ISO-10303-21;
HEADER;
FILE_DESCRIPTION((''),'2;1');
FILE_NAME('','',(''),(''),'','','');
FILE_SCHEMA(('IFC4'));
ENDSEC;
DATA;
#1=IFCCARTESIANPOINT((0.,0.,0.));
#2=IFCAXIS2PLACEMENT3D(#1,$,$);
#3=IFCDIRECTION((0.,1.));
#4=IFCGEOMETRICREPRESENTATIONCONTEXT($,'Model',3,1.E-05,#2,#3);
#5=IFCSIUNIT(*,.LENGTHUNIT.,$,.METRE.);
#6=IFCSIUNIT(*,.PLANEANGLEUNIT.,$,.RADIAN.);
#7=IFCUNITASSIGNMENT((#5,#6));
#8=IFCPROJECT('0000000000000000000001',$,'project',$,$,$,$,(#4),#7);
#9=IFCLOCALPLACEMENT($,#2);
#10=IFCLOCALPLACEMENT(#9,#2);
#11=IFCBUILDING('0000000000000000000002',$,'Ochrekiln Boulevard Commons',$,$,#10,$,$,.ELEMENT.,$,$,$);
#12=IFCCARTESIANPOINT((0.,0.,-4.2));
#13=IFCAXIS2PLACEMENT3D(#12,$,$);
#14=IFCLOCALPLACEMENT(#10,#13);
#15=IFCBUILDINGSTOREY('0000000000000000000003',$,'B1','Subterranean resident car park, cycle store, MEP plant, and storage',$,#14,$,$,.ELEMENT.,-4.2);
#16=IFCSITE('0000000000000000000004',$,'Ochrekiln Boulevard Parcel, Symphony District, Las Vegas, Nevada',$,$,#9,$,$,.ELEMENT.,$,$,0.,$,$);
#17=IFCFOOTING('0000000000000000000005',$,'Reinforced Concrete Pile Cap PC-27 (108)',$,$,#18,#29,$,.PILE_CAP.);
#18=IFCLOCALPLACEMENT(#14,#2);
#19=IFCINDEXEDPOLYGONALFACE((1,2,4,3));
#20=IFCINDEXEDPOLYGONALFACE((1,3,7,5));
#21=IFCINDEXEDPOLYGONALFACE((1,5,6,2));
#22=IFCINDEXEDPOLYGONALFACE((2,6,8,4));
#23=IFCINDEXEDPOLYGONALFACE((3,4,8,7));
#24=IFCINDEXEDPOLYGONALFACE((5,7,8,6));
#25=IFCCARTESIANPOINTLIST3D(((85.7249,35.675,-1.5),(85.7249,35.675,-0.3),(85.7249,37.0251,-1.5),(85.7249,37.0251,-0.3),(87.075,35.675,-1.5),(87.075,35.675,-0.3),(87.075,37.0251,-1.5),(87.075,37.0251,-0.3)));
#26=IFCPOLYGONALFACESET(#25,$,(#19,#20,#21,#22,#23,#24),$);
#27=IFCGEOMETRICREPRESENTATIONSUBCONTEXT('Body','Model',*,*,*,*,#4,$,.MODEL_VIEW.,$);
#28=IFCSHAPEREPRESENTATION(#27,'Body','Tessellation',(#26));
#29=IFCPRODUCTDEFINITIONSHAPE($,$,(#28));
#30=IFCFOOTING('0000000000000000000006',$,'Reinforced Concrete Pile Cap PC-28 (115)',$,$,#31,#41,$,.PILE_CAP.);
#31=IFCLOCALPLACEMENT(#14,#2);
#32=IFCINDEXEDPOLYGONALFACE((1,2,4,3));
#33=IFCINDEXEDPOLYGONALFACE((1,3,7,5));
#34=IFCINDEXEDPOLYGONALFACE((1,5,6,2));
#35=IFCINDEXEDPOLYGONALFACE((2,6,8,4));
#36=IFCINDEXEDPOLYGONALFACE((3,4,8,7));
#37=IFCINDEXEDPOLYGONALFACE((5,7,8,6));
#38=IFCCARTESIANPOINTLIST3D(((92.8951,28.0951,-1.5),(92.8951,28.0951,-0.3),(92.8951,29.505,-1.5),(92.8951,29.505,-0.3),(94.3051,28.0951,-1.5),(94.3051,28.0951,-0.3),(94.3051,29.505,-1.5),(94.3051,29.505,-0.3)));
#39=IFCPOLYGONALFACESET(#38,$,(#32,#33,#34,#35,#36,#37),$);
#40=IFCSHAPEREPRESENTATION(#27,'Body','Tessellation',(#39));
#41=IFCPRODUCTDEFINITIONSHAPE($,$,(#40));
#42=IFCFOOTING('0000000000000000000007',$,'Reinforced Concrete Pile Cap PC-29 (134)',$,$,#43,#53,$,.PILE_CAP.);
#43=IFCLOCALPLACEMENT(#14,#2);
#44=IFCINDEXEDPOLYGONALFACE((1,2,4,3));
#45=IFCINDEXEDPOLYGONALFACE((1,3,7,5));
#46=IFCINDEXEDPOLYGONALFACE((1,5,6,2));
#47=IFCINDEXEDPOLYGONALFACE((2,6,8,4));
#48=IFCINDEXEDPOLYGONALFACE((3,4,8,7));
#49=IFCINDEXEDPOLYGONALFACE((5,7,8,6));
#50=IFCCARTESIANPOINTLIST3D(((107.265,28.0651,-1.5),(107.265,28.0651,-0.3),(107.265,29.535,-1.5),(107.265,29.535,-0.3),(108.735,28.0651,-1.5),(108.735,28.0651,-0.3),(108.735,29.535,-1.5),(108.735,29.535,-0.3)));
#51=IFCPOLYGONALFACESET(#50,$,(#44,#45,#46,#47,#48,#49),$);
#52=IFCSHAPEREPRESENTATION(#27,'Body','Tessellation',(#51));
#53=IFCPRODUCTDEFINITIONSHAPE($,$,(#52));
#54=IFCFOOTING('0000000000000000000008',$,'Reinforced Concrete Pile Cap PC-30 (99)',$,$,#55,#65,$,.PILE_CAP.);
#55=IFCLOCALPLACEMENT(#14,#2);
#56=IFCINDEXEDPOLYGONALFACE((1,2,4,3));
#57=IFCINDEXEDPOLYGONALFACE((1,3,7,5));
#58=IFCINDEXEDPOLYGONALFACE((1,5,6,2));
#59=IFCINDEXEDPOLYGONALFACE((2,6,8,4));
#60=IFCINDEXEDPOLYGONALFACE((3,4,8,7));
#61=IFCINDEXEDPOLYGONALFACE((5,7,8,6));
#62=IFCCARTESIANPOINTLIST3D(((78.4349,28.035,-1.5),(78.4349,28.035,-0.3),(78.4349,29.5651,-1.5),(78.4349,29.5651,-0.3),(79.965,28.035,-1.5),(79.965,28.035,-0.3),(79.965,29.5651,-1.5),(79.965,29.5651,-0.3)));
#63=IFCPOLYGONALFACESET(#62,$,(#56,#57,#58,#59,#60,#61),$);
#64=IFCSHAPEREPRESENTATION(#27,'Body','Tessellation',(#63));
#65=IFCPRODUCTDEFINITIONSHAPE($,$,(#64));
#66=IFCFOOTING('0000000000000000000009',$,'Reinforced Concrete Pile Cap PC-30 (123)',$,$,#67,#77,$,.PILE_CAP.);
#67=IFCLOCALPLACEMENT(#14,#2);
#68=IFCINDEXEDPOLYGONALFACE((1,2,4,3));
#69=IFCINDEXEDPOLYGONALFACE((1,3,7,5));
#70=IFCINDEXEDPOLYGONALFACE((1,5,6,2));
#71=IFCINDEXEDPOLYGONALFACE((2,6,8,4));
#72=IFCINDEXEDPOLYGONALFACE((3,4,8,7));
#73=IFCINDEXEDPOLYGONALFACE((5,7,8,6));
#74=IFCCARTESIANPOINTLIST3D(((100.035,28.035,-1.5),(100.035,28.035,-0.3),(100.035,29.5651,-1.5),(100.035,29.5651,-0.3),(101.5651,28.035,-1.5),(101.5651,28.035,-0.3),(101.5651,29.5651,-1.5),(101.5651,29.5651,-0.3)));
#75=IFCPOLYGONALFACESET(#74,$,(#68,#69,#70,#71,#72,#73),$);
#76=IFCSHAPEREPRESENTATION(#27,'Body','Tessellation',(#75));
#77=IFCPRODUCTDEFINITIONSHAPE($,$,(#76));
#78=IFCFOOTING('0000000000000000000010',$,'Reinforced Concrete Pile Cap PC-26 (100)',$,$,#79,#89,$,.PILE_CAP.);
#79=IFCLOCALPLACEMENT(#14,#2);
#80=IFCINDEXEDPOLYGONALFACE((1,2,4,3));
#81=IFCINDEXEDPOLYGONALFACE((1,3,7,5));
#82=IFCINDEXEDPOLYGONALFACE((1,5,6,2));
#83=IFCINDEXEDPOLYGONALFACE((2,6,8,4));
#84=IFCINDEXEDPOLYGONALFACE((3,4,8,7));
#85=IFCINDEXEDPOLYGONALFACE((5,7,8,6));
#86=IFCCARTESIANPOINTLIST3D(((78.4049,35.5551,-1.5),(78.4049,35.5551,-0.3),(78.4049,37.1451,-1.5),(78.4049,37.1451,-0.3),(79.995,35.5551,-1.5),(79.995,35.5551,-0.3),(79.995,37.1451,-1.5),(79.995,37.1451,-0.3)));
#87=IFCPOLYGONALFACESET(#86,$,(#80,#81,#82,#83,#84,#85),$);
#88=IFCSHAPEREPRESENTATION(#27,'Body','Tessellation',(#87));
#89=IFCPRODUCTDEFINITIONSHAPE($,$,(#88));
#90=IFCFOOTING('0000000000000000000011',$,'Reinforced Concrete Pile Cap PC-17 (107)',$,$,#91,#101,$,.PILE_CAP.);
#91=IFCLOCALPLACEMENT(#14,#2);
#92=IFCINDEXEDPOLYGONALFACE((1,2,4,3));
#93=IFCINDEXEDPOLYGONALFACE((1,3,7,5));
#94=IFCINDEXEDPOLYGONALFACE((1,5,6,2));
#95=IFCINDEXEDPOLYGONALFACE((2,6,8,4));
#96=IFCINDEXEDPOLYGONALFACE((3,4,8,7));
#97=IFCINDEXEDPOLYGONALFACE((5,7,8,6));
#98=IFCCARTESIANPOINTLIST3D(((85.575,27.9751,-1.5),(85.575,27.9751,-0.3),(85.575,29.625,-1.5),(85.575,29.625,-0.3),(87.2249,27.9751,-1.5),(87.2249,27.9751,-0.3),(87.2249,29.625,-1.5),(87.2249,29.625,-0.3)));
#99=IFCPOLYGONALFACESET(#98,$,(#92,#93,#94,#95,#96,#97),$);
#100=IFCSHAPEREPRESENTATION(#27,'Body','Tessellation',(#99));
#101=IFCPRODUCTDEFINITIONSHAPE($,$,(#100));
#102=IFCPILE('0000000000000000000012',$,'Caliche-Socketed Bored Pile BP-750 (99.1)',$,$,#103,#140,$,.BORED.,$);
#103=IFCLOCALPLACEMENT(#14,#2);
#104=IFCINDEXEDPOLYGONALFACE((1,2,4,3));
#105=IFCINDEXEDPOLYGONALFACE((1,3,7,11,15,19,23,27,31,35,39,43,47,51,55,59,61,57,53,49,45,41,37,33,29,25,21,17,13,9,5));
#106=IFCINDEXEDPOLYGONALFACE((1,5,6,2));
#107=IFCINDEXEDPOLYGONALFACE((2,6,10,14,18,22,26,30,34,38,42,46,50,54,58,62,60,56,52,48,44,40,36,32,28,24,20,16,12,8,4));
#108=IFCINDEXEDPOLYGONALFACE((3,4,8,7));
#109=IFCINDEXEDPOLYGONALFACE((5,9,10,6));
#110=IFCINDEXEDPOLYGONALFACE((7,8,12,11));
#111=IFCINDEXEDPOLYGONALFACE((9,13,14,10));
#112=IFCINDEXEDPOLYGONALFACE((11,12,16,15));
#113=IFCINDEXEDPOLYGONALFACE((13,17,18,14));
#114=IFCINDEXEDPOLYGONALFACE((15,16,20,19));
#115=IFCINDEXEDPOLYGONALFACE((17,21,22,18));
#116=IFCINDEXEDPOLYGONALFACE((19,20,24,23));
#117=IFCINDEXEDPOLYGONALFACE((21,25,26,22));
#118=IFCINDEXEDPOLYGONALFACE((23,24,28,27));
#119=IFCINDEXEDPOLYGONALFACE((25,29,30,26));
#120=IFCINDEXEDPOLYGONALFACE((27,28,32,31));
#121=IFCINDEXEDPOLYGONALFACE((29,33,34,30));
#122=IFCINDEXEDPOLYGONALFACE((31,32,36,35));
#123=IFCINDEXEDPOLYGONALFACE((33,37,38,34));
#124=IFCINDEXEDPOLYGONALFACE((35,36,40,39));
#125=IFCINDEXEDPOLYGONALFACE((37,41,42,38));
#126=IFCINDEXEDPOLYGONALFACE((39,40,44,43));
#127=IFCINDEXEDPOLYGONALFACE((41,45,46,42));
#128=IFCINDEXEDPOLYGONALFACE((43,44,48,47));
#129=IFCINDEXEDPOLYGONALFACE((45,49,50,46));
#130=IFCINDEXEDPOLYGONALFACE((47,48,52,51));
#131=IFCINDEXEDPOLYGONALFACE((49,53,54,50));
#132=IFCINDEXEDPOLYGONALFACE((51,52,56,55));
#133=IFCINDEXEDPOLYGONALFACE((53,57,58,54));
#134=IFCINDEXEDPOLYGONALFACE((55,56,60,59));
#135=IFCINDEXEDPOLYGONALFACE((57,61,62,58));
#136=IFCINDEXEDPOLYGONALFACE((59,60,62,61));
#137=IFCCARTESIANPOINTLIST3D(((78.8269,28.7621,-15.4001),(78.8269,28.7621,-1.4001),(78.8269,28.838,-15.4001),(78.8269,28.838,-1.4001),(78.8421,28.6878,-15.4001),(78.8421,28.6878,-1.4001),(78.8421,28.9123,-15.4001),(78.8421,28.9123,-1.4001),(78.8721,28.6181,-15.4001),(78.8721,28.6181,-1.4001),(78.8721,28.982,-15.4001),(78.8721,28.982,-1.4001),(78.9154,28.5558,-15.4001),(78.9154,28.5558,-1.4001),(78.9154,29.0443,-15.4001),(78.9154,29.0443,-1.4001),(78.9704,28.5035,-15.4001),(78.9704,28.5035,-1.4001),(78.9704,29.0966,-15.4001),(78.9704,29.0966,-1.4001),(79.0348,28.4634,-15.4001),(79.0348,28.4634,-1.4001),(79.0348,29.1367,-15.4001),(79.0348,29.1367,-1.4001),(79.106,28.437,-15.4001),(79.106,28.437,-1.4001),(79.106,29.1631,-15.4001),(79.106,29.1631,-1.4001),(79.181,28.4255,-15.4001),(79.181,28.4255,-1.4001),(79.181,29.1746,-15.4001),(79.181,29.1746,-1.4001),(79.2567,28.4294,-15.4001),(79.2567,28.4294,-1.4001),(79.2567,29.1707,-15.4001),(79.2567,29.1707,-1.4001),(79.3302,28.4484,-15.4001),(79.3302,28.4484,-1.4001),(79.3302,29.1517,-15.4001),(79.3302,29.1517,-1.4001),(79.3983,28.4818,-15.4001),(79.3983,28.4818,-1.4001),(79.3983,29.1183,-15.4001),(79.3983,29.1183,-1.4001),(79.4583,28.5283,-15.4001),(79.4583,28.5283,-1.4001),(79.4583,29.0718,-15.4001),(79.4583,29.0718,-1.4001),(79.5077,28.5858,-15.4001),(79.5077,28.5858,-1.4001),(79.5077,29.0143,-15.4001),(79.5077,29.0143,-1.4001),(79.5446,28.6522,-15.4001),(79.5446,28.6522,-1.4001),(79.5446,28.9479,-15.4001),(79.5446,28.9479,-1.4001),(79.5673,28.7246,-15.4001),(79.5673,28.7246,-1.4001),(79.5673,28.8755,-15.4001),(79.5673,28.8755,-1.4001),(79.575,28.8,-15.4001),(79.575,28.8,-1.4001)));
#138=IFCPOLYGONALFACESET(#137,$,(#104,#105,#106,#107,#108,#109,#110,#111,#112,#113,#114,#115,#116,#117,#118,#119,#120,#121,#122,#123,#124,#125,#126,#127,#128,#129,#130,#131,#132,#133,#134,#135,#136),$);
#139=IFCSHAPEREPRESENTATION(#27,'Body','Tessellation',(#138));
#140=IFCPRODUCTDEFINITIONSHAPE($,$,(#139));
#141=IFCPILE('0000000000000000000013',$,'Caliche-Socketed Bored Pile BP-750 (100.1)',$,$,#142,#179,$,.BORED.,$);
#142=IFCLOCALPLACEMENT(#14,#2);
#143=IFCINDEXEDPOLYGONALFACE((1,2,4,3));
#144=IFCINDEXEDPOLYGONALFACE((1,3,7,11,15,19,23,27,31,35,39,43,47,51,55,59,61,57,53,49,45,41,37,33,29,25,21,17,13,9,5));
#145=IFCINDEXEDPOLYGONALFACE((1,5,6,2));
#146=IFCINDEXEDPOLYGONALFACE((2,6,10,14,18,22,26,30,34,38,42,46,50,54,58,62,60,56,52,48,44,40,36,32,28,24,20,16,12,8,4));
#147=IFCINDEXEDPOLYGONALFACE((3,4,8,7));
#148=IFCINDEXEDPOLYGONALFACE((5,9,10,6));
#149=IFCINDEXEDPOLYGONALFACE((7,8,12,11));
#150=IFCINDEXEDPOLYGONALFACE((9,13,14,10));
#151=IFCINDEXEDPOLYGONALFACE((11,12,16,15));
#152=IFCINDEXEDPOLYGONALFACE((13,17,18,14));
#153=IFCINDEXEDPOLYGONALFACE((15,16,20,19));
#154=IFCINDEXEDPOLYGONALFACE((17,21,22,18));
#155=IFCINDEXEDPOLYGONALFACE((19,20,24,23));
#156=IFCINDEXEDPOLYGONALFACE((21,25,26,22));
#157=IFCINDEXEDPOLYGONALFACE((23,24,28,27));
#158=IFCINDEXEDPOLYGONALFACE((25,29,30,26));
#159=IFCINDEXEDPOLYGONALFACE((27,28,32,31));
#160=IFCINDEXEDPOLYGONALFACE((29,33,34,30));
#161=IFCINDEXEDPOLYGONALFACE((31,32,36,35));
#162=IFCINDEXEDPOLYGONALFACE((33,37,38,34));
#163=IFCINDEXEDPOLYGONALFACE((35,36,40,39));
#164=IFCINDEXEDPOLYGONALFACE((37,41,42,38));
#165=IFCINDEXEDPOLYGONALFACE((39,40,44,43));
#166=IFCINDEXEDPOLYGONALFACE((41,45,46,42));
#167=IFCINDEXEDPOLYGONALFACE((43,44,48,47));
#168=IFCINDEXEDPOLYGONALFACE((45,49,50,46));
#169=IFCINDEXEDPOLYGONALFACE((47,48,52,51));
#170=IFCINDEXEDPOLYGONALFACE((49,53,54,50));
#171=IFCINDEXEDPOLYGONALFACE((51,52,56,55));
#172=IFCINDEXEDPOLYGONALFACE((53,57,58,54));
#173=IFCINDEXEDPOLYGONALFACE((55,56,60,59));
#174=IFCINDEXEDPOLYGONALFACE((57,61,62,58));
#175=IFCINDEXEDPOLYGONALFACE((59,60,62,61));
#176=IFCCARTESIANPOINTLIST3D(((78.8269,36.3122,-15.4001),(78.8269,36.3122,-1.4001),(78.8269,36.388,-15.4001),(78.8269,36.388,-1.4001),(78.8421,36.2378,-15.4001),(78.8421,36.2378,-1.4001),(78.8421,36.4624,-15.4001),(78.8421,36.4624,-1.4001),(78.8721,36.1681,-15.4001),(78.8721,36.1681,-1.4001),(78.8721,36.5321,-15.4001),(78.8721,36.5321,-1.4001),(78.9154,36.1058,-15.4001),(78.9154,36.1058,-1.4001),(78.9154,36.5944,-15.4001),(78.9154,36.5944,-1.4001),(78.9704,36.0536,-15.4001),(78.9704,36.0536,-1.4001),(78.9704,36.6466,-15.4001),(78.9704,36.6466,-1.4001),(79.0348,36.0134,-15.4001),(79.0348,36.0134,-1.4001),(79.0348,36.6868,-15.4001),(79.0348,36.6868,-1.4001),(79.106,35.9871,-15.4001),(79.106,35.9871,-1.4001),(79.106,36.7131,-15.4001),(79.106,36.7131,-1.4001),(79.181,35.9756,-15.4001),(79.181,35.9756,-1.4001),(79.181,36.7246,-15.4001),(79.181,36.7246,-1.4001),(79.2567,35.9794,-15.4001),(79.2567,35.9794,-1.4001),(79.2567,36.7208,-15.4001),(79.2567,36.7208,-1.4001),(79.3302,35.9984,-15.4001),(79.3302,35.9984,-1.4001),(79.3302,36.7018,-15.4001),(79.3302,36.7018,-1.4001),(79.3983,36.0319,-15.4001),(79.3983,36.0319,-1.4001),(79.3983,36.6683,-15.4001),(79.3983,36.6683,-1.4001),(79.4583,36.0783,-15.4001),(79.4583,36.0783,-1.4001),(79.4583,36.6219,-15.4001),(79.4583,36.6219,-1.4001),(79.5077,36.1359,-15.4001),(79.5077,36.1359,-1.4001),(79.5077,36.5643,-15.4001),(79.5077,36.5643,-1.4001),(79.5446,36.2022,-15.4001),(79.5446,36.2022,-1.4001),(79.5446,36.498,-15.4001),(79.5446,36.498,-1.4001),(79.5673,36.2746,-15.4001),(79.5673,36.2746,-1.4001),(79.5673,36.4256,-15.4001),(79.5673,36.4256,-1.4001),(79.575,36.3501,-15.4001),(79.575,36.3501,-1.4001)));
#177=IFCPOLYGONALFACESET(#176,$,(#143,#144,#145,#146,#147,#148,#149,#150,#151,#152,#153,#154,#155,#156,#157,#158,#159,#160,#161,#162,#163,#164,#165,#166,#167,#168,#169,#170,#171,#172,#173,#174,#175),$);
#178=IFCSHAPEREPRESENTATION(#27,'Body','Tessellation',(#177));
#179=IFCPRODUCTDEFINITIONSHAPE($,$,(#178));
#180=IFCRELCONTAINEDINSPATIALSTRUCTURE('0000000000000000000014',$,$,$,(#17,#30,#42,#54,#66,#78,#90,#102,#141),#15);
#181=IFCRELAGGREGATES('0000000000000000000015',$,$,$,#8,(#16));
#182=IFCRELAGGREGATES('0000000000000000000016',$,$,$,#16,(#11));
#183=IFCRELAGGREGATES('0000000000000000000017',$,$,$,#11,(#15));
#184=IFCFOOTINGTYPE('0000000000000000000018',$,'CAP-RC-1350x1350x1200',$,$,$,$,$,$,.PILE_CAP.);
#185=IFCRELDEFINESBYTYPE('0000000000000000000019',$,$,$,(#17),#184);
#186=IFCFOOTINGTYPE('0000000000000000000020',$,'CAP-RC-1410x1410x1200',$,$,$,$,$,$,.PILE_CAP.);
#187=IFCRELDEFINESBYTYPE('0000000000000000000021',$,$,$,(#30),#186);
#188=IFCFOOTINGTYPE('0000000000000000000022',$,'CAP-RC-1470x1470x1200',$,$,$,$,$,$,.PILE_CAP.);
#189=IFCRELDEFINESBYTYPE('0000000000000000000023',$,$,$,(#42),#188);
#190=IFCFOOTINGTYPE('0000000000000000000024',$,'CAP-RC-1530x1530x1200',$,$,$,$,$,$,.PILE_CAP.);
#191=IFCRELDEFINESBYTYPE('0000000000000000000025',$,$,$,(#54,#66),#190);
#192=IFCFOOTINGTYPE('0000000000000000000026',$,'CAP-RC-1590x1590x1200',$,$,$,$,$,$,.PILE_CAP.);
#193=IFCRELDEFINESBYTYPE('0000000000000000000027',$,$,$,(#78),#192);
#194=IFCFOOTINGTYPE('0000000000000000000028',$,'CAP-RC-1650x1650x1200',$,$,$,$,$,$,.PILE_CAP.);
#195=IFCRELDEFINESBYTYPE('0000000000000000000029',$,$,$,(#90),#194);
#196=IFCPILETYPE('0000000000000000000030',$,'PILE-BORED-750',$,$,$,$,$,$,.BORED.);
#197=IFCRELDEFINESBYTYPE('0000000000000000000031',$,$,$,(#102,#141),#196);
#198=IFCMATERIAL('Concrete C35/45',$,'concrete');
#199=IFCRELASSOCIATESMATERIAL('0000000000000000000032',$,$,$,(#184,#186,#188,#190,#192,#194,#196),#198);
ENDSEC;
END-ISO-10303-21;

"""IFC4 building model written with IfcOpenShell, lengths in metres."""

from ifc_helpers import new_model, si_unit, direction, frame, origin, origin_2d, place, context, subcontext, project, spatial, rectangle, circle, extrude, material, material_profile, profile_set, type_object, element, save


model = new_model("IFC4")

# Units and contexts
model_context = context("Model", 3, precision=1e-05, world=origin(), true_north=direction((0.0, 1.0)))
body_context = subcontext(model_context, "Body", "Model", "MODEL_VIEW")
ifc_project = project(units=[si_unit("LENGTHUNIT", "METRE"), si_unit("PLANEANGLEUNIT", "RADIAN")], contexts=[model_context])

# Site, building, storey
site_placement = place(None, origin())
site = spatial("IfcSite", under=ifc_project, at=site_placement, Name="Ochrekiln Boulevard Parcel, Symphony District, Las Vegas, Nevada", CompositionType="ELEMENT", RefElevation=0.0)
building_placement = place(site_placement, origin())
building = spatial("IfcBuilding", under=site, at=building_placement, Name="Ochrekiln Boulevard Commons", CompositionType="ELEMENT")
storey_placement = place(building_placement, frame((0.0, 0.0, -4.2)))
storey = spatial("IfcBuildingStorey", under=building, at=storey_placement, Name="B1", Description="Subterranean resident car park, cycle store, MEP plant, and storage", CompositionType="ELEMENT", Elevation=-4.2)

# Footings
ifc_material_1 = material(Name="Concrete C35/45", Category="concrete")
footing_type_1 = type_object("IfcFootingType", Name="CAP-RC-1350x1350x1200", PredefinedType="PILE_CAP", material=ifc_material_1)
footing_1_placement = place(storey_placement, frame((86.3999, 36.3501, -1.5), z_axis=(0.0, 0.0, 1.0), x_axis=(1.0, 0.0, 0.0)))
element("IfcFooting", 1, at=footing_1_placement, inside=storey, type_object=footing_type_1, Name="Reinforced Concrete Pile Cap PC-27 (108)", PredefinedType="PILE_CAP", context=body_context, shape_type="SweptSolid", body=[
    extrude(rectangle(XDim=1.3501, YDim=1.3501, at=origin_2d()), origin(), (0.0, 0.0, 1.0), 1.2),
])
footing_type_2 = type_object("IfcFootingType", Name="CAP-RC-1410x1410x1200", PredefinedType="PILE_CAP", material=ifc_material_1)
footing_2_placement = place(storey_placement, frame((93.6001, 28.8, -1.5), z_axis=(0.0, 0.0, 1.0), x_axis=(1.0, 0.0, 0.0)))
element("IfcFooting", 2, at=footing_2_placement, inside=storey, type_object=footing_type_2, Name="Reinforced Concrete Pile Cap PC-28 (115)", PredefinedType="PILE_CAP", context=body_context, shape_type="SweptSolid", body=[
    extrude(rectangle(XDim=1.4099, YDim=1.4099, at=origin_2d()), origin(), (0.0, 0.0, 1.0), 1.2),
])
footing_type_3 = type_object("IfcFootingType", Name="CAP-RC-1470x1470x1200", PredefinedType="PILE_CAP", material=ifc_material_1)
footing_3_placement = place(storey_placement, frame((108.0, 28.8, -1.5), z_axis=(0.0, 0.0, 1.0), x_axis=(1.0, 0.0, 0.0)))
element("IfcFooting", 3, at=footing_3_placement, inside=storey, type_object=footing_type_3, Name="Reinforced Concrete Pile Cap PC-29 (134)", PredefinedType="PILE_CAP", context=body_context, shape_type="SweptSolid", body=[
    extrude(rectangle(XDim=1.47, YDim=1.47, at=origin_2d()), origin(), (0.0, 0.0, 1.0), 1.2),
])
footing_type_4 = type_object("IfcFootingType", Name="CAP-RC-1530x1530x1200", PredefinedType="PILE_CAP", material=ifc_material_1)
for number, where, z_axis, x_axis, name in (
    (4, (79.2, 28.8, -1.5), (0.0, 0.0, 1.0), (1.0, 0.0, 0.0), "Reinforced Concrete Pile Cap PC-30 (99)"),
    (5, (100.8, 28.8, -1.5), (0.0, 0.0, 1.0), (1.0, 0.0, 0.0), "Reinforced Concrete Pile Cap PC-30 (123)"),
):
    element("IfcFooting", number, at=place(storey_placement, frame(where, z_axis=z_axis, x_axis=x_axis)), inside=storey, type_object=footing_type_4, Name=name, PredefinedType="PILE_CAP", context=body_context, shape_type="SweptSolid", body=[
        extrude(rectangle(XDim=1.53, YDim=1.53, at=origin_2d()), origin(), (0.0, 0.0, 1.0), 1.2),
    ])
footing_type_5 = type_object("IfcFootingType", Name="CAP-RC-1590x1590x1200", PredefinedType="PILE_CAP", material=ifc_material_1)
footing_4_placement = place(storey_placement, frame((79.2, 36.3501, -1.5), z_axis=(0.0, 0.0, 1.0), x_axis=(1.0, 0.0, 0.0)))
element("IfcFooting", 6, at=footing_4_placement, inside=storey, type_object=footing_type_5, Name="Reinforced Concrete Pile Cap PC-26 (100)", PredefinedType="PILE_CAP", context=body_context, shape_type="SweptSolid", body=[
    extrude(rectangle(XDim=1.5901, YDim=1.5901, at=origin_2d()), origin(), (0.0, 0.0, 1.0), 1.2),
])
footing_type_6 = type_object("IfcFootingType", Name="CAP-RC-1650x1650x1200", PredefinedType="PILE_CAP", material=ifc_material_1)
footing_5_placement = place(storey_placement, frame((86.3999, 28.8, -1.5), z_axis=(0.0, 0.0, 1.0), x_axis=(1.0, 0.0, 0.0)))
element("IfcFooting", 7, at=footing_5_placement, inside=storey, type_object=footing_type_6, Name="Reinforced Concrete Pile Cap PC-17 (107)", PredefinedType="PILE_CAP", context=body_context, shape_type="SweptSolid", body=[
    extrude(rectangle(XDim=1.6499, YDim=1.6499, at=origin_2d()), origin(), (0.0, 0.0, 1.0), 1.2),
])

# Piles
ifc_material_profile_1 = material_profile(ifc_material_1, circle(Radius=0.375, at=origin_2d()), Name="PILE-D750")
ifc_profile_set_1 = profile_set([ifc_material_profile_1], Name="Concrete C35/45")
pile_type = type_object("IfcPileType", Name="PILE-BORED-750", PredefinedType="BORED", material=ifc_profile_set_1)
for number, where, z_axis, x_axis, name in (
    (8, (79.2, 28.8, -1.4001), (0.0, 0.0, -1.0), (1.0, 0.0, 0.0), "Caliche-Socketed Bored Pile BP-750 (99.1)"),
    (9, (79.2, 36.3501, -1.4001), (0.0, 0.0, -1.0), (1.0, 0.0, 0.0), "Caliche-Socketed Bored Pile BP-750 (100.1)"),
):
    element("IfcPile", number, at=place(storey_placement, frame(where, z_axis=z_axis, x_axis=x_axis)), inside=storey, type_object=pile_type, Name=name, PredefinedType="BORED", context=body_context, shape_type="SweptSolid", body=[
        extrude(circle(Radius=0.375, at=origin_2d()), origin(), (0.0, 0.0, 1.0), 14.0),
    ])

save(model, "model.ifc")
